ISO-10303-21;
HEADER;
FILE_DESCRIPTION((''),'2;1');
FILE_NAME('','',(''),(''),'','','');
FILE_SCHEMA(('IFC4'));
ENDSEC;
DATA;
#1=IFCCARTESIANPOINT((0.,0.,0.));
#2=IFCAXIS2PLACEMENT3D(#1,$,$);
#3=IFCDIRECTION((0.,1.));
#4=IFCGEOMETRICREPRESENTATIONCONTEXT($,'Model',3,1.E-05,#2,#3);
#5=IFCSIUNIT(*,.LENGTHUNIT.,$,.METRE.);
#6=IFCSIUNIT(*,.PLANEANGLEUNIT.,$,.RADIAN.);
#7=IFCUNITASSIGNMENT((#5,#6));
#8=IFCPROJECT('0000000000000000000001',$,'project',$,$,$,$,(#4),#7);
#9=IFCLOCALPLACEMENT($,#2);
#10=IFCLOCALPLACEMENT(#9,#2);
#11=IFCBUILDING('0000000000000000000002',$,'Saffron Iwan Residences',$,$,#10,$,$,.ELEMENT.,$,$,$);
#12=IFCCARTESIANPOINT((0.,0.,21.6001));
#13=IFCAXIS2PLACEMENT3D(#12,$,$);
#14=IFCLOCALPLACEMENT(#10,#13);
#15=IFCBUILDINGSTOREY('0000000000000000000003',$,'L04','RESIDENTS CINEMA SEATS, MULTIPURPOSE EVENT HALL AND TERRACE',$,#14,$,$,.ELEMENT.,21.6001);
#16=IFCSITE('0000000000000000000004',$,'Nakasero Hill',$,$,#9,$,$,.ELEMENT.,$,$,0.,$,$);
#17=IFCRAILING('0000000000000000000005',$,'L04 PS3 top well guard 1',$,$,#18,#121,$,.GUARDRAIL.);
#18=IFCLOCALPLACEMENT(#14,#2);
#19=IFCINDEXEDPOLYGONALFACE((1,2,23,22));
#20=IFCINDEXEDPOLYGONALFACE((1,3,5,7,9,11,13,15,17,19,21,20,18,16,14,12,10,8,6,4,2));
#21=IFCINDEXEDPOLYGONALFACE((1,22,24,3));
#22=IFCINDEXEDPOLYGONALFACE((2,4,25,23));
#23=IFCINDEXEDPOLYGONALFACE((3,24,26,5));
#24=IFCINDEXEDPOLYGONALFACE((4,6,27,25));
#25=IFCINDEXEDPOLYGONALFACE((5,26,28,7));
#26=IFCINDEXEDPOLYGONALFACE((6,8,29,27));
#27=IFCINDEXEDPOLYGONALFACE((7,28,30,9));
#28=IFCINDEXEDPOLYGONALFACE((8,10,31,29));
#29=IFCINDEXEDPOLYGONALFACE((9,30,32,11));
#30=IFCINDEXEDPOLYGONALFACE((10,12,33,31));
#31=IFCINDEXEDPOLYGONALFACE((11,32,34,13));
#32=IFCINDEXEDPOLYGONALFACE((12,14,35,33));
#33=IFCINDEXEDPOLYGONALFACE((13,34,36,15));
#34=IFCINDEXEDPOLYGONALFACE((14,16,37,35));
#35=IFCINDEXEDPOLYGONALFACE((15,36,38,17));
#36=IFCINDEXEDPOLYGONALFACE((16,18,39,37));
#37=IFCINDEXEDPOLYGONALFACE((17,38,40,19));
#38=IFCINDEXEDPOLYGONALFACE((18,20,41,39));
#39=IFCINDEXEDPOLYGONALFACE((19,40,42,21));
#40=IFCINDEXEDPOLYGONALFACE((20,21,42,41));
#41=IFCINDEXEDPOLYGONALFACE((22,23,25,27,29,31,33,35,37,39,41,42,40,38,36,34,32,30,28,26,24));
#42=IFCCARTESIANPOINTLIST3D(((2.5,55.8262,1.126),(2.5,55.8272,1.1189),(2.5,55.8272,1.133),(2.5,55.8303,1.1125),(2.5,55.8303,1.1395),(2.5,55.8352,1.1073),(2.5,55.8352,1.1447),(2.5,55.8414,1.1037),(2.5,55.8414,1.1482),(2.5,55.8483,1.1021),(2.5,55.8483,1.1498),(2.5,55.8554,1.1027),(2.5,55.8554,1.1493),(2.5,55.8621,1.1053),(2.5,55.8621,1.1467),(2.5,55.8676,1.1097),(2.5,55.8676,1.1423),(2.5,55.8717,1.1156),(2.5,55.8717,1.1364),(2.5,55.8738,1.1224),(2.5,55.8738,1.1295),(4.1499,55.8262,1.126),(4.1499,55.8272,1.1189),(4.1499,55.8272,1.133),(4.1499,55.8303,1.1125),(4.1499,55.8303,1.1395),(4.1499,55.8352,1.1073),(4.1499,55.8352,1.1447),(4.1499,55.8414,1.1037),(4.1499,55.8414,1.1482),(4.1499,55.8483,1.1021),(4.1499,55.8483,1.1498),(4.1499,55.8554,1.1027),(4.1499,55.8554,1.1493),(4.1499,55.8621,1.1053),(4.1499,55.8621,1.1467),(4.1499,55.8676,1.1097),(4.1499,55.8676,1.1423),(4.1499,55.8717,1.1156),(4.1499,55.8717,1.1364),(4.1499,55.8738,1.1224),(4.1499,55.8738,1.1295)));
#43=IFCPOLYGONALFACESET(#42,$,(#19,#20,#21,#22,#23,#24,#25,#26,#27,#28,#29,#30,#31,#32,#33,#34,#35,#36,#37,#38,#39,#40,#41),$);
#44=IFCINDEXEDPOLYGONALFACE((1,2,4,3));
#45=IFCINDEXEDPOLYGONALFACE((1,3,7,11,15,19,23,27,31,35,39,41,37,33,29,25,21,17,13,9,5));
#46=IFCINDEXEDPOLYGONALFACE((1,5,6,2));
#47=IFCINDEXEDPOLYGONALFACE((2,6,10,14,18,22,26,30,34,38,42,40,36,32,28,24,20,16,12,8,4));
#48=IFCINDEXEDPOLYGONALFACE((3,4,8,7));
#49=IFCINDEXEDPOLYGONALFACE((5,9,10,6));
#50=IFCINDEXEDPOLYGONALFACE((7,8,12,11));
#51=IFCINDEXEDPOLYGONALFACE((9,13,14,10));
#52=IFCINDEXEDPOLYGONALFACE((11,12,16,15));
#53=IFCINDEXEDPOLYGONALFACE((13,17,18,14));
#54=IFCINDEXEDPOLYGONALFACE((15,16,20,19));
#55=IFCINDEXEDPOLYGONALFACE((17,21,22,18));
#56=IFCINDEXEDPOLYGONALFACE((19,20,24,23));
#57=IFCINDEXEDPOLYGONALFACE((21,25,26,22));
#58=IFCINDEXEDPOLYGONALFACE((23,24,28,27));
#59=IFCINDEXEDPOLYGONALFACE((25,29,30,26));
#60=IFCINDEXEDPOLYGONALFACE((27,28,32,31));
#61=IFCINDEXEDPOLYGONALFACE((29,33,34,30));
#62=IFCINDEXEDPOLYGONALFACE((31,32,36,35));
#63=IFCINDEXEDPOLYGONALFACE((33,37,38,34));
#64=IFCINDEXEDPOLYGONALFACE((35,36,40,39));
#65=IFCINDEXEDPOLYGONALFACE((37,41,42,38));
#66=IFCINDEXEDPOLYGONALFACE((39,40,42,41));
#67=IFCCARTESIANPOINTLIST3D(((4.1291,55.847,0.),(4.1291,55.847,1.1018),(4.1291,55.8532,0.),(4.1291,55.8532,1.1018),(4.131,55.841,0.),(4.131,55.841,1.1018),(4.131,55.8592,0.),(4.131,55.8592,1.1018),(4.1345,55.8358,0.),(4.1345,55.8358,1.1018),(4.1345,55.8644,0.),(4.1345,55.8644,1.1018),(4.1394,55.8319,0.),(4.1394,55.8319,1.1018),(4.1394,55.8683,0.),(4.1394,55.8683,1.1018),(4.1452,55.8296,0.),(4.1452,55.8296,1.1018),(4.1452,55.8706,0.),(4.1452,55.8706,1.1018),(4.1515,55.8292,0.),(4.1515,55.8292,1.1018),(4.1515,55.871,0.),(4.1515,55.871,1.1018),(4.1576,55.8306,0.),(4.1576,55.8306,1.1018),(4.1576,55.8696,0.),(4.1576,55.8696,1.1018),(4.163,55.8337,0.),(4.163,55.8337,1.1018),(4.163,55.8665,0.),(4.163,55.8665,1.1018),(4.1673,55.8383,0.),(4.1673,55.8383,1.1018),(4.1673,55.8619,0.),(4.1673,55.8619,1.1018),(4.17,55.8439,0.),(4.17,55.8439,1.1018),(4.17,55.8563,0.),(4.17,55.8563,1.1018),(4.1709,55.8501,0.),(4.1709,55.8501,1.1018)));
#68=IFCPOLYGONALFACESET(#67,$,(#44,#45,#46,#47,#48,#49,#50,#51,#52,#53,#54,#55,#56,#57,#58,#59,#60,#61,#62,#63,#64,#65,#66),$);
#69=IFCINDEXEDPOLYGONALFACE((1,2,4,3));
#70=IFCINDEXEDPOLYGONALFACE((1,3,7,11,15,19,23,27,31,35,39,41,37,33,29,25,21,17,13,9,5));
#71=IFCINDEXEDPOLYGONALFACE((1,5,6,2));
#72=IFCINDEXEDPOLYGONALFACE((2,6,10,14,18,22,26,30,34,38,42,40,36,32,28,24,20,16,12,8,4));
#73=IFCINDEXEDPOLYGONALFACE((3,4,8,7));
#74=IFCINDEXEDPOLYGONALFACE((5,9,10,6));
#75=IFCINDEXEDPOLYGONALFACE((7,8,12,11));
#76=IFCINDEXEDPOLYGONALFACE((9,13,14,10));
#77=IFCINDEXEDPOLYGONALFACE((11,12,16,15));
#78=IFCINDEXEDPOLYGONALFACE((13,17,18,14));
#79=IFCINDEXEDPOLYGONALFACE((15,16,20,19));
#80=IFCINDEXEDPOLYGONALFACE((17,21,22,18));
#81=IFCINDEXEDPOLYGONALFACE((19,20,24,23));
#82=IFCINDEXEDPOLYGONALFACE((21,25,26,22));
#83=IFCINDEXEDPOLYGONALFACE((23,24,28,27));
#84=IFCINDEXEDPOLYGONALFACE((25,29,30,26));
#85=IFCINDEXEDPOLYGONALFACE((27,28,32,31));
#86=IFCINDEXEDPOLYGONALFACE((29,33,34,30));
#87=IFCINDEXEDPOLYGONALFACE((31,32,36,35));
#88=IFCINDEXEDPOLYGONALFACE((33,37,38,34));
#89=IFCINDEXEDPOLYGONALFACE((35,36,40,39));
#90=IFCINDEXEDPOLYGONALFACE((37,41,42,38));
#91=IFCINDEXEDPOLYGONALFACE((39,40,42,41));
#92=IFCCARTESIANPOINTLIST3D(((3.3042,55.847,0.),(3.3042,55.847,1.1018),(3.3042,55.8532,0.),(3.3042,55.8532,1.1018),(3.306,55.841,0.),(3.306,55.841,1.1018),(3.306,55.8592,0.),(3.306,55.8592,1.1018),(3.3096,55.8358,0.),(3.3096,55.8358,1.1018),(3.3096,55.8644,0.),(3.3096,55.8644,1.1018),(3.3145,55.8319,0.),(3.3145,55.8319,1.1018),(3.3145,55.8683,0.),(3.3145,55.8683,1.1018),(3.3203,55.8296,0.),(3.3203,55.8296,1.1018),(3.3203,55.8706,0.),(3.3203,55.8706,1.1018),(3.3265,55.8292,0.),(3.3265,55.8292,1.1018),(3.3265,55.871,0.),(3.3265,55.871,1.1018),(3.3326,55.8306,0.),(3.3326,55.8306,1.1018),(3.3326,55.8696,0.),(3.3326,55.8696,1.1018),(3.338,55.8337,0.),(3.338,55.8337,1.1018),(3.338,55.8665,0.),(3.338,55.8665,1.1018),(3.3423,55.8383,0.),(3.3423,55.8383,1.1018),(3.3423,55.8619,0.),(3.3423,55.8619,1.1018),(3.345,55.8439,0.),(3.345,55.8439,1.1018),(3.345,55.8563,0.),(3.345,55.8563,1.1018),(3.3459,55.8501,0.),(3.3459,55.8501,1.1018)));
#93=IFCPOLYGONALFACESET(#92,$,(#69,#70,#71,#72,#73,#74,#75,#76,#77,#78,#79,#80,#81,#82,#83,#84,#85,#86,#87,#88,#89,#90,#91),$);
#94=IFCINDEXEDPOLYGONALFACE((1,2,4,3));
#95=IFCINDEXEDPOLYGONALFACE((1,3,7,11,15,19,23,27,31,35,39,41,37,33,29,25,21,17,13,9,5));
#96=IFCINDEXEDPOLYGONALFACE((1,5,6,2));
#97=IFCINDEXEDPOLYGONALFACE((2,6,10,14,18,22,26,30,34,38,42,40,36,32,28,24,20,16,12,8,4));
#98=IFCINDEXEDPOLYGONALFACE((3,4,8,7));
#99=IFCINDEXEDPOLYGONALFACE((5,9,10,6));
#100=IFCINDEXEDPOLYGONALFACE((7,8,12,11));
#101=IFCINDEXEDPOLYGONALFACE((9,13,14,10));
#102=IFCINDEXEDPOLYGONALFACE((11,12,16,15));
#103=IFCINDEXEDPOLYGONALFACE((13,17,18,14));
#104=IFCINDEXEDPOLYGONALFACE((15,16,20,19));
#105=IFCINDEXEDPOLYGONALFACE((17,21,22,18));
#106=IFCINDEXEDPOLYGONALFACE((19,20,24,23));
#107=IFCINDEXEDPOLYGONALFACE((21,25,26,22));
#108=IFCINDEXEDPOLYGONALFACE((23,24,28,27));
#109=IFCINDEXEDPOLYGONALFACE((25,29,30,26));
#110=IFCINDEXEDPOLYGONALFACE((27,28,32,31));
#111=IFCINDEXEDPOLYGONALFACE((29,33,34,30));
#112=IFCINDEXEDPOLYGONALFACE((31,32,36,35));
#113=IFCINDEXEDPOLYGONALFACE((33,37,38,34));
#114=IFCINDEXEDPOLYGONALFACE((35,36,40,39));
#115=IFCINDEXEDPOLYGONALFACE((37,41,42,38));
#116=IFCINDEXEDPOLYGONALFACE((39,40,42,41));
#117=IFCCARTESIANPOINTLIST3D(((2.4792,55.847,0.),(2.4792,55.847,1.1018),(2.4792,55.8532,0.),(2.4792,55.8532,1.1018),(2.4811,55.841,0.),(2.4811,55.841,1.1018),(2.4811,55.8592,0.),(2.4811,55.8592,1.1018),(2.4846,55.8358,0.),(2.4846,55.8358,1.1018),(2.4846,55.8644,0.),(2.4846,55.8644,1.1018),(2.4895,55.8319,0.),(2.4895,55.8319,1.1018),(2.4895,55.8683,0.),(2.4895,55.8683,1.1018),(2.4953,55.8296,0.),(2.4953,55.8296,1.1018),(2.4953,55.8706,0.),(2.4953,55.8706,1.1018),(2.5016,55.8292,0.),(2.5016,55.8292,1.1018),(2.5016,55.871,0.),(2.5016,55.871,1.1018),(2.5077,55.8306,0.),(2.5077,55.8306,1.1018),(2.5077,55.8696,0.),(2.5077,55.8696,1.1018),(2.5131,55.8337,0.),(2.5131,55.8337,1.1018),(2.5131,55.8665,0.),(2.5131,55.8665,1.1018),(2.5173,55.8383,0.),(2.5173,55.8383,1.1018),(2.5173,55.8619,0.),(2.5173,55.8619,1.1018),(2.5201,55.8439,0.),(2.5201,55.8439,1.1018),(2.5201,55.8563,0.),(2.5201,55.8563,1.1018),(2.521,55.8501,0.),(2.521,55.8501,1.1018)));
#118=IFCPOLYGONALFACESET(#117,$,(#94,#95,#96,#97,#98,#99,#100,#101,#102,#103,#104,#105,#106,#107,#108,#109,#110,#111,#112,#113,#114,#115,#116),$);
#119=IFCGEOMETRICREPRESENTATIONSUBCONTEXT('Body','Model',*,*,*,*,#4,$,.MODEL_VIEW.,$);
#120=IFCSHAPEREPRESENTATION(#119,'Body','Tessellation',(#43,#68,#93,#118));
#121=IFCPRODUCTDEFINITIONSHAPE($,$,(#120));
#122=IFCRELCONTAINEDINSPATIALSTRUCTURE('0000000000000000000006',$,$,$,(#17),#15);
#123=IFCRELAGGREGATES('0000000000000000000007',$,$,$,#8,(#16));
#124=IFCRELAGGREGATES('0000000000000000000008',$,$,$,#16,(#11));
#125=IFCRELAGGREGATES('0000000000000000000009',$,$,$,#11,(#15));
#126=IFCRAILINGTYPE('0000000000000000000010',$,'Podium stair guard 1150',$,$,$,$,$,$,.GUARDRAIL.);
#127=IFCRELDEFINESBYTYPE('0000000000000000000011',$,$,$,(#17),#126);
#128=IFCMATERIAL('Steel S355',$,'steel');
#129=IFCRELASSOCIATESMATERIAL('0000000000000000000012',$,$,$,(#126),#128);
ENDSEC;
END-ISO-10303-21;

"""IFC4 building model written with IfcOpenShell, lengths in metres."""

from ifc_helpers import new_model, si_unit, direction, frame, origin, origin_2d, place, context, subcontext, project, spatial, circle, extrude, material, type_object, element, save


model = new_model("IFC4")

# Units and contexts
model_context = context("Model", 3, precision=1e-05, world=origin(), true_north=direction((0.0, 1.0)))
body_context = subcontext(model_context, "Body", "Model", "MODEL_VIEW")
ifc_project = project(units=[si_unit("LENGTHUNIT", "METRE"), si_unit("PLANEANGLEUNIT", "RADIAN")], contexts=[model_context])

# Site, building, storey
site_placement = place(None, origin())
site = spatial("IfcSite", under=ifc_project, at=site_placement, Name="Nakasero Hill", CompositionType="ELEMENT", RefElevation=0.0)
building_placement = place(site_placement, origin())
building = spatial("IfcBuilding", under=site, at=building_placement, Name="Saffron Iwan Residences", CompositionType="ELEMENT")
storey_placement = place(building_placement, frame((0.0, 0.0, 21.6001)))
storey = spatial("IfcBuildingStorey", under=building, at=storey_placement, Name="L04", Description="RESIDENTS CINEMA SEATS, MULTIPURPOSE EVENT HALL AND TERRACE", CompositionType="ELEMENT", Elevation=21.6001)

# Railing
ifc_material_1 = material(Name="Steel S355", Category="steel")
railing_type = type_object("IfcRailingType", Name="Podium stair guard 1150", PredefinedType="GUARDRAIL", material=ifc_material_1)
railing_1_placement = place(storey_placement, frame((4.1499, 55.8501, 0.0)))
element("IfcRailing", 1, at=railing_1_placement, inside=storey, type_object=railing_type, Name="L04 PS3 top well guard 1", PredefinedType="GUARDRAIL", context=body_context, shape_type="SweptSolid", body=[
    extrude(circle(Radius=0.0239, at=origin_2d()), frame((0.0, 0.0, 1.126), z_axis=(-1.0, 0.0, 0.0), x_axis=(0.0, -1.0, 0.0)), (0.0, 0.0, 1.0), 1.6499),
    extrude(circle(Radius=0.021, at=origin_2d()), origin(), (0.0, 0.0, 1.0), 1.1018),
    extrude(circle(Radius=0.021, at=origin_2d()), frame((-0.825, 0.0, 0.0)), (0.0, 0.0, 1.0), 1.1018),
    extrude(circle(Radius=0.021, at=origin_2d()), frame((-1.6499, 0.0, 0.0)), (0.0, 0.0, 1.0), 1.1018),
])

save(model, "model.ifc")
